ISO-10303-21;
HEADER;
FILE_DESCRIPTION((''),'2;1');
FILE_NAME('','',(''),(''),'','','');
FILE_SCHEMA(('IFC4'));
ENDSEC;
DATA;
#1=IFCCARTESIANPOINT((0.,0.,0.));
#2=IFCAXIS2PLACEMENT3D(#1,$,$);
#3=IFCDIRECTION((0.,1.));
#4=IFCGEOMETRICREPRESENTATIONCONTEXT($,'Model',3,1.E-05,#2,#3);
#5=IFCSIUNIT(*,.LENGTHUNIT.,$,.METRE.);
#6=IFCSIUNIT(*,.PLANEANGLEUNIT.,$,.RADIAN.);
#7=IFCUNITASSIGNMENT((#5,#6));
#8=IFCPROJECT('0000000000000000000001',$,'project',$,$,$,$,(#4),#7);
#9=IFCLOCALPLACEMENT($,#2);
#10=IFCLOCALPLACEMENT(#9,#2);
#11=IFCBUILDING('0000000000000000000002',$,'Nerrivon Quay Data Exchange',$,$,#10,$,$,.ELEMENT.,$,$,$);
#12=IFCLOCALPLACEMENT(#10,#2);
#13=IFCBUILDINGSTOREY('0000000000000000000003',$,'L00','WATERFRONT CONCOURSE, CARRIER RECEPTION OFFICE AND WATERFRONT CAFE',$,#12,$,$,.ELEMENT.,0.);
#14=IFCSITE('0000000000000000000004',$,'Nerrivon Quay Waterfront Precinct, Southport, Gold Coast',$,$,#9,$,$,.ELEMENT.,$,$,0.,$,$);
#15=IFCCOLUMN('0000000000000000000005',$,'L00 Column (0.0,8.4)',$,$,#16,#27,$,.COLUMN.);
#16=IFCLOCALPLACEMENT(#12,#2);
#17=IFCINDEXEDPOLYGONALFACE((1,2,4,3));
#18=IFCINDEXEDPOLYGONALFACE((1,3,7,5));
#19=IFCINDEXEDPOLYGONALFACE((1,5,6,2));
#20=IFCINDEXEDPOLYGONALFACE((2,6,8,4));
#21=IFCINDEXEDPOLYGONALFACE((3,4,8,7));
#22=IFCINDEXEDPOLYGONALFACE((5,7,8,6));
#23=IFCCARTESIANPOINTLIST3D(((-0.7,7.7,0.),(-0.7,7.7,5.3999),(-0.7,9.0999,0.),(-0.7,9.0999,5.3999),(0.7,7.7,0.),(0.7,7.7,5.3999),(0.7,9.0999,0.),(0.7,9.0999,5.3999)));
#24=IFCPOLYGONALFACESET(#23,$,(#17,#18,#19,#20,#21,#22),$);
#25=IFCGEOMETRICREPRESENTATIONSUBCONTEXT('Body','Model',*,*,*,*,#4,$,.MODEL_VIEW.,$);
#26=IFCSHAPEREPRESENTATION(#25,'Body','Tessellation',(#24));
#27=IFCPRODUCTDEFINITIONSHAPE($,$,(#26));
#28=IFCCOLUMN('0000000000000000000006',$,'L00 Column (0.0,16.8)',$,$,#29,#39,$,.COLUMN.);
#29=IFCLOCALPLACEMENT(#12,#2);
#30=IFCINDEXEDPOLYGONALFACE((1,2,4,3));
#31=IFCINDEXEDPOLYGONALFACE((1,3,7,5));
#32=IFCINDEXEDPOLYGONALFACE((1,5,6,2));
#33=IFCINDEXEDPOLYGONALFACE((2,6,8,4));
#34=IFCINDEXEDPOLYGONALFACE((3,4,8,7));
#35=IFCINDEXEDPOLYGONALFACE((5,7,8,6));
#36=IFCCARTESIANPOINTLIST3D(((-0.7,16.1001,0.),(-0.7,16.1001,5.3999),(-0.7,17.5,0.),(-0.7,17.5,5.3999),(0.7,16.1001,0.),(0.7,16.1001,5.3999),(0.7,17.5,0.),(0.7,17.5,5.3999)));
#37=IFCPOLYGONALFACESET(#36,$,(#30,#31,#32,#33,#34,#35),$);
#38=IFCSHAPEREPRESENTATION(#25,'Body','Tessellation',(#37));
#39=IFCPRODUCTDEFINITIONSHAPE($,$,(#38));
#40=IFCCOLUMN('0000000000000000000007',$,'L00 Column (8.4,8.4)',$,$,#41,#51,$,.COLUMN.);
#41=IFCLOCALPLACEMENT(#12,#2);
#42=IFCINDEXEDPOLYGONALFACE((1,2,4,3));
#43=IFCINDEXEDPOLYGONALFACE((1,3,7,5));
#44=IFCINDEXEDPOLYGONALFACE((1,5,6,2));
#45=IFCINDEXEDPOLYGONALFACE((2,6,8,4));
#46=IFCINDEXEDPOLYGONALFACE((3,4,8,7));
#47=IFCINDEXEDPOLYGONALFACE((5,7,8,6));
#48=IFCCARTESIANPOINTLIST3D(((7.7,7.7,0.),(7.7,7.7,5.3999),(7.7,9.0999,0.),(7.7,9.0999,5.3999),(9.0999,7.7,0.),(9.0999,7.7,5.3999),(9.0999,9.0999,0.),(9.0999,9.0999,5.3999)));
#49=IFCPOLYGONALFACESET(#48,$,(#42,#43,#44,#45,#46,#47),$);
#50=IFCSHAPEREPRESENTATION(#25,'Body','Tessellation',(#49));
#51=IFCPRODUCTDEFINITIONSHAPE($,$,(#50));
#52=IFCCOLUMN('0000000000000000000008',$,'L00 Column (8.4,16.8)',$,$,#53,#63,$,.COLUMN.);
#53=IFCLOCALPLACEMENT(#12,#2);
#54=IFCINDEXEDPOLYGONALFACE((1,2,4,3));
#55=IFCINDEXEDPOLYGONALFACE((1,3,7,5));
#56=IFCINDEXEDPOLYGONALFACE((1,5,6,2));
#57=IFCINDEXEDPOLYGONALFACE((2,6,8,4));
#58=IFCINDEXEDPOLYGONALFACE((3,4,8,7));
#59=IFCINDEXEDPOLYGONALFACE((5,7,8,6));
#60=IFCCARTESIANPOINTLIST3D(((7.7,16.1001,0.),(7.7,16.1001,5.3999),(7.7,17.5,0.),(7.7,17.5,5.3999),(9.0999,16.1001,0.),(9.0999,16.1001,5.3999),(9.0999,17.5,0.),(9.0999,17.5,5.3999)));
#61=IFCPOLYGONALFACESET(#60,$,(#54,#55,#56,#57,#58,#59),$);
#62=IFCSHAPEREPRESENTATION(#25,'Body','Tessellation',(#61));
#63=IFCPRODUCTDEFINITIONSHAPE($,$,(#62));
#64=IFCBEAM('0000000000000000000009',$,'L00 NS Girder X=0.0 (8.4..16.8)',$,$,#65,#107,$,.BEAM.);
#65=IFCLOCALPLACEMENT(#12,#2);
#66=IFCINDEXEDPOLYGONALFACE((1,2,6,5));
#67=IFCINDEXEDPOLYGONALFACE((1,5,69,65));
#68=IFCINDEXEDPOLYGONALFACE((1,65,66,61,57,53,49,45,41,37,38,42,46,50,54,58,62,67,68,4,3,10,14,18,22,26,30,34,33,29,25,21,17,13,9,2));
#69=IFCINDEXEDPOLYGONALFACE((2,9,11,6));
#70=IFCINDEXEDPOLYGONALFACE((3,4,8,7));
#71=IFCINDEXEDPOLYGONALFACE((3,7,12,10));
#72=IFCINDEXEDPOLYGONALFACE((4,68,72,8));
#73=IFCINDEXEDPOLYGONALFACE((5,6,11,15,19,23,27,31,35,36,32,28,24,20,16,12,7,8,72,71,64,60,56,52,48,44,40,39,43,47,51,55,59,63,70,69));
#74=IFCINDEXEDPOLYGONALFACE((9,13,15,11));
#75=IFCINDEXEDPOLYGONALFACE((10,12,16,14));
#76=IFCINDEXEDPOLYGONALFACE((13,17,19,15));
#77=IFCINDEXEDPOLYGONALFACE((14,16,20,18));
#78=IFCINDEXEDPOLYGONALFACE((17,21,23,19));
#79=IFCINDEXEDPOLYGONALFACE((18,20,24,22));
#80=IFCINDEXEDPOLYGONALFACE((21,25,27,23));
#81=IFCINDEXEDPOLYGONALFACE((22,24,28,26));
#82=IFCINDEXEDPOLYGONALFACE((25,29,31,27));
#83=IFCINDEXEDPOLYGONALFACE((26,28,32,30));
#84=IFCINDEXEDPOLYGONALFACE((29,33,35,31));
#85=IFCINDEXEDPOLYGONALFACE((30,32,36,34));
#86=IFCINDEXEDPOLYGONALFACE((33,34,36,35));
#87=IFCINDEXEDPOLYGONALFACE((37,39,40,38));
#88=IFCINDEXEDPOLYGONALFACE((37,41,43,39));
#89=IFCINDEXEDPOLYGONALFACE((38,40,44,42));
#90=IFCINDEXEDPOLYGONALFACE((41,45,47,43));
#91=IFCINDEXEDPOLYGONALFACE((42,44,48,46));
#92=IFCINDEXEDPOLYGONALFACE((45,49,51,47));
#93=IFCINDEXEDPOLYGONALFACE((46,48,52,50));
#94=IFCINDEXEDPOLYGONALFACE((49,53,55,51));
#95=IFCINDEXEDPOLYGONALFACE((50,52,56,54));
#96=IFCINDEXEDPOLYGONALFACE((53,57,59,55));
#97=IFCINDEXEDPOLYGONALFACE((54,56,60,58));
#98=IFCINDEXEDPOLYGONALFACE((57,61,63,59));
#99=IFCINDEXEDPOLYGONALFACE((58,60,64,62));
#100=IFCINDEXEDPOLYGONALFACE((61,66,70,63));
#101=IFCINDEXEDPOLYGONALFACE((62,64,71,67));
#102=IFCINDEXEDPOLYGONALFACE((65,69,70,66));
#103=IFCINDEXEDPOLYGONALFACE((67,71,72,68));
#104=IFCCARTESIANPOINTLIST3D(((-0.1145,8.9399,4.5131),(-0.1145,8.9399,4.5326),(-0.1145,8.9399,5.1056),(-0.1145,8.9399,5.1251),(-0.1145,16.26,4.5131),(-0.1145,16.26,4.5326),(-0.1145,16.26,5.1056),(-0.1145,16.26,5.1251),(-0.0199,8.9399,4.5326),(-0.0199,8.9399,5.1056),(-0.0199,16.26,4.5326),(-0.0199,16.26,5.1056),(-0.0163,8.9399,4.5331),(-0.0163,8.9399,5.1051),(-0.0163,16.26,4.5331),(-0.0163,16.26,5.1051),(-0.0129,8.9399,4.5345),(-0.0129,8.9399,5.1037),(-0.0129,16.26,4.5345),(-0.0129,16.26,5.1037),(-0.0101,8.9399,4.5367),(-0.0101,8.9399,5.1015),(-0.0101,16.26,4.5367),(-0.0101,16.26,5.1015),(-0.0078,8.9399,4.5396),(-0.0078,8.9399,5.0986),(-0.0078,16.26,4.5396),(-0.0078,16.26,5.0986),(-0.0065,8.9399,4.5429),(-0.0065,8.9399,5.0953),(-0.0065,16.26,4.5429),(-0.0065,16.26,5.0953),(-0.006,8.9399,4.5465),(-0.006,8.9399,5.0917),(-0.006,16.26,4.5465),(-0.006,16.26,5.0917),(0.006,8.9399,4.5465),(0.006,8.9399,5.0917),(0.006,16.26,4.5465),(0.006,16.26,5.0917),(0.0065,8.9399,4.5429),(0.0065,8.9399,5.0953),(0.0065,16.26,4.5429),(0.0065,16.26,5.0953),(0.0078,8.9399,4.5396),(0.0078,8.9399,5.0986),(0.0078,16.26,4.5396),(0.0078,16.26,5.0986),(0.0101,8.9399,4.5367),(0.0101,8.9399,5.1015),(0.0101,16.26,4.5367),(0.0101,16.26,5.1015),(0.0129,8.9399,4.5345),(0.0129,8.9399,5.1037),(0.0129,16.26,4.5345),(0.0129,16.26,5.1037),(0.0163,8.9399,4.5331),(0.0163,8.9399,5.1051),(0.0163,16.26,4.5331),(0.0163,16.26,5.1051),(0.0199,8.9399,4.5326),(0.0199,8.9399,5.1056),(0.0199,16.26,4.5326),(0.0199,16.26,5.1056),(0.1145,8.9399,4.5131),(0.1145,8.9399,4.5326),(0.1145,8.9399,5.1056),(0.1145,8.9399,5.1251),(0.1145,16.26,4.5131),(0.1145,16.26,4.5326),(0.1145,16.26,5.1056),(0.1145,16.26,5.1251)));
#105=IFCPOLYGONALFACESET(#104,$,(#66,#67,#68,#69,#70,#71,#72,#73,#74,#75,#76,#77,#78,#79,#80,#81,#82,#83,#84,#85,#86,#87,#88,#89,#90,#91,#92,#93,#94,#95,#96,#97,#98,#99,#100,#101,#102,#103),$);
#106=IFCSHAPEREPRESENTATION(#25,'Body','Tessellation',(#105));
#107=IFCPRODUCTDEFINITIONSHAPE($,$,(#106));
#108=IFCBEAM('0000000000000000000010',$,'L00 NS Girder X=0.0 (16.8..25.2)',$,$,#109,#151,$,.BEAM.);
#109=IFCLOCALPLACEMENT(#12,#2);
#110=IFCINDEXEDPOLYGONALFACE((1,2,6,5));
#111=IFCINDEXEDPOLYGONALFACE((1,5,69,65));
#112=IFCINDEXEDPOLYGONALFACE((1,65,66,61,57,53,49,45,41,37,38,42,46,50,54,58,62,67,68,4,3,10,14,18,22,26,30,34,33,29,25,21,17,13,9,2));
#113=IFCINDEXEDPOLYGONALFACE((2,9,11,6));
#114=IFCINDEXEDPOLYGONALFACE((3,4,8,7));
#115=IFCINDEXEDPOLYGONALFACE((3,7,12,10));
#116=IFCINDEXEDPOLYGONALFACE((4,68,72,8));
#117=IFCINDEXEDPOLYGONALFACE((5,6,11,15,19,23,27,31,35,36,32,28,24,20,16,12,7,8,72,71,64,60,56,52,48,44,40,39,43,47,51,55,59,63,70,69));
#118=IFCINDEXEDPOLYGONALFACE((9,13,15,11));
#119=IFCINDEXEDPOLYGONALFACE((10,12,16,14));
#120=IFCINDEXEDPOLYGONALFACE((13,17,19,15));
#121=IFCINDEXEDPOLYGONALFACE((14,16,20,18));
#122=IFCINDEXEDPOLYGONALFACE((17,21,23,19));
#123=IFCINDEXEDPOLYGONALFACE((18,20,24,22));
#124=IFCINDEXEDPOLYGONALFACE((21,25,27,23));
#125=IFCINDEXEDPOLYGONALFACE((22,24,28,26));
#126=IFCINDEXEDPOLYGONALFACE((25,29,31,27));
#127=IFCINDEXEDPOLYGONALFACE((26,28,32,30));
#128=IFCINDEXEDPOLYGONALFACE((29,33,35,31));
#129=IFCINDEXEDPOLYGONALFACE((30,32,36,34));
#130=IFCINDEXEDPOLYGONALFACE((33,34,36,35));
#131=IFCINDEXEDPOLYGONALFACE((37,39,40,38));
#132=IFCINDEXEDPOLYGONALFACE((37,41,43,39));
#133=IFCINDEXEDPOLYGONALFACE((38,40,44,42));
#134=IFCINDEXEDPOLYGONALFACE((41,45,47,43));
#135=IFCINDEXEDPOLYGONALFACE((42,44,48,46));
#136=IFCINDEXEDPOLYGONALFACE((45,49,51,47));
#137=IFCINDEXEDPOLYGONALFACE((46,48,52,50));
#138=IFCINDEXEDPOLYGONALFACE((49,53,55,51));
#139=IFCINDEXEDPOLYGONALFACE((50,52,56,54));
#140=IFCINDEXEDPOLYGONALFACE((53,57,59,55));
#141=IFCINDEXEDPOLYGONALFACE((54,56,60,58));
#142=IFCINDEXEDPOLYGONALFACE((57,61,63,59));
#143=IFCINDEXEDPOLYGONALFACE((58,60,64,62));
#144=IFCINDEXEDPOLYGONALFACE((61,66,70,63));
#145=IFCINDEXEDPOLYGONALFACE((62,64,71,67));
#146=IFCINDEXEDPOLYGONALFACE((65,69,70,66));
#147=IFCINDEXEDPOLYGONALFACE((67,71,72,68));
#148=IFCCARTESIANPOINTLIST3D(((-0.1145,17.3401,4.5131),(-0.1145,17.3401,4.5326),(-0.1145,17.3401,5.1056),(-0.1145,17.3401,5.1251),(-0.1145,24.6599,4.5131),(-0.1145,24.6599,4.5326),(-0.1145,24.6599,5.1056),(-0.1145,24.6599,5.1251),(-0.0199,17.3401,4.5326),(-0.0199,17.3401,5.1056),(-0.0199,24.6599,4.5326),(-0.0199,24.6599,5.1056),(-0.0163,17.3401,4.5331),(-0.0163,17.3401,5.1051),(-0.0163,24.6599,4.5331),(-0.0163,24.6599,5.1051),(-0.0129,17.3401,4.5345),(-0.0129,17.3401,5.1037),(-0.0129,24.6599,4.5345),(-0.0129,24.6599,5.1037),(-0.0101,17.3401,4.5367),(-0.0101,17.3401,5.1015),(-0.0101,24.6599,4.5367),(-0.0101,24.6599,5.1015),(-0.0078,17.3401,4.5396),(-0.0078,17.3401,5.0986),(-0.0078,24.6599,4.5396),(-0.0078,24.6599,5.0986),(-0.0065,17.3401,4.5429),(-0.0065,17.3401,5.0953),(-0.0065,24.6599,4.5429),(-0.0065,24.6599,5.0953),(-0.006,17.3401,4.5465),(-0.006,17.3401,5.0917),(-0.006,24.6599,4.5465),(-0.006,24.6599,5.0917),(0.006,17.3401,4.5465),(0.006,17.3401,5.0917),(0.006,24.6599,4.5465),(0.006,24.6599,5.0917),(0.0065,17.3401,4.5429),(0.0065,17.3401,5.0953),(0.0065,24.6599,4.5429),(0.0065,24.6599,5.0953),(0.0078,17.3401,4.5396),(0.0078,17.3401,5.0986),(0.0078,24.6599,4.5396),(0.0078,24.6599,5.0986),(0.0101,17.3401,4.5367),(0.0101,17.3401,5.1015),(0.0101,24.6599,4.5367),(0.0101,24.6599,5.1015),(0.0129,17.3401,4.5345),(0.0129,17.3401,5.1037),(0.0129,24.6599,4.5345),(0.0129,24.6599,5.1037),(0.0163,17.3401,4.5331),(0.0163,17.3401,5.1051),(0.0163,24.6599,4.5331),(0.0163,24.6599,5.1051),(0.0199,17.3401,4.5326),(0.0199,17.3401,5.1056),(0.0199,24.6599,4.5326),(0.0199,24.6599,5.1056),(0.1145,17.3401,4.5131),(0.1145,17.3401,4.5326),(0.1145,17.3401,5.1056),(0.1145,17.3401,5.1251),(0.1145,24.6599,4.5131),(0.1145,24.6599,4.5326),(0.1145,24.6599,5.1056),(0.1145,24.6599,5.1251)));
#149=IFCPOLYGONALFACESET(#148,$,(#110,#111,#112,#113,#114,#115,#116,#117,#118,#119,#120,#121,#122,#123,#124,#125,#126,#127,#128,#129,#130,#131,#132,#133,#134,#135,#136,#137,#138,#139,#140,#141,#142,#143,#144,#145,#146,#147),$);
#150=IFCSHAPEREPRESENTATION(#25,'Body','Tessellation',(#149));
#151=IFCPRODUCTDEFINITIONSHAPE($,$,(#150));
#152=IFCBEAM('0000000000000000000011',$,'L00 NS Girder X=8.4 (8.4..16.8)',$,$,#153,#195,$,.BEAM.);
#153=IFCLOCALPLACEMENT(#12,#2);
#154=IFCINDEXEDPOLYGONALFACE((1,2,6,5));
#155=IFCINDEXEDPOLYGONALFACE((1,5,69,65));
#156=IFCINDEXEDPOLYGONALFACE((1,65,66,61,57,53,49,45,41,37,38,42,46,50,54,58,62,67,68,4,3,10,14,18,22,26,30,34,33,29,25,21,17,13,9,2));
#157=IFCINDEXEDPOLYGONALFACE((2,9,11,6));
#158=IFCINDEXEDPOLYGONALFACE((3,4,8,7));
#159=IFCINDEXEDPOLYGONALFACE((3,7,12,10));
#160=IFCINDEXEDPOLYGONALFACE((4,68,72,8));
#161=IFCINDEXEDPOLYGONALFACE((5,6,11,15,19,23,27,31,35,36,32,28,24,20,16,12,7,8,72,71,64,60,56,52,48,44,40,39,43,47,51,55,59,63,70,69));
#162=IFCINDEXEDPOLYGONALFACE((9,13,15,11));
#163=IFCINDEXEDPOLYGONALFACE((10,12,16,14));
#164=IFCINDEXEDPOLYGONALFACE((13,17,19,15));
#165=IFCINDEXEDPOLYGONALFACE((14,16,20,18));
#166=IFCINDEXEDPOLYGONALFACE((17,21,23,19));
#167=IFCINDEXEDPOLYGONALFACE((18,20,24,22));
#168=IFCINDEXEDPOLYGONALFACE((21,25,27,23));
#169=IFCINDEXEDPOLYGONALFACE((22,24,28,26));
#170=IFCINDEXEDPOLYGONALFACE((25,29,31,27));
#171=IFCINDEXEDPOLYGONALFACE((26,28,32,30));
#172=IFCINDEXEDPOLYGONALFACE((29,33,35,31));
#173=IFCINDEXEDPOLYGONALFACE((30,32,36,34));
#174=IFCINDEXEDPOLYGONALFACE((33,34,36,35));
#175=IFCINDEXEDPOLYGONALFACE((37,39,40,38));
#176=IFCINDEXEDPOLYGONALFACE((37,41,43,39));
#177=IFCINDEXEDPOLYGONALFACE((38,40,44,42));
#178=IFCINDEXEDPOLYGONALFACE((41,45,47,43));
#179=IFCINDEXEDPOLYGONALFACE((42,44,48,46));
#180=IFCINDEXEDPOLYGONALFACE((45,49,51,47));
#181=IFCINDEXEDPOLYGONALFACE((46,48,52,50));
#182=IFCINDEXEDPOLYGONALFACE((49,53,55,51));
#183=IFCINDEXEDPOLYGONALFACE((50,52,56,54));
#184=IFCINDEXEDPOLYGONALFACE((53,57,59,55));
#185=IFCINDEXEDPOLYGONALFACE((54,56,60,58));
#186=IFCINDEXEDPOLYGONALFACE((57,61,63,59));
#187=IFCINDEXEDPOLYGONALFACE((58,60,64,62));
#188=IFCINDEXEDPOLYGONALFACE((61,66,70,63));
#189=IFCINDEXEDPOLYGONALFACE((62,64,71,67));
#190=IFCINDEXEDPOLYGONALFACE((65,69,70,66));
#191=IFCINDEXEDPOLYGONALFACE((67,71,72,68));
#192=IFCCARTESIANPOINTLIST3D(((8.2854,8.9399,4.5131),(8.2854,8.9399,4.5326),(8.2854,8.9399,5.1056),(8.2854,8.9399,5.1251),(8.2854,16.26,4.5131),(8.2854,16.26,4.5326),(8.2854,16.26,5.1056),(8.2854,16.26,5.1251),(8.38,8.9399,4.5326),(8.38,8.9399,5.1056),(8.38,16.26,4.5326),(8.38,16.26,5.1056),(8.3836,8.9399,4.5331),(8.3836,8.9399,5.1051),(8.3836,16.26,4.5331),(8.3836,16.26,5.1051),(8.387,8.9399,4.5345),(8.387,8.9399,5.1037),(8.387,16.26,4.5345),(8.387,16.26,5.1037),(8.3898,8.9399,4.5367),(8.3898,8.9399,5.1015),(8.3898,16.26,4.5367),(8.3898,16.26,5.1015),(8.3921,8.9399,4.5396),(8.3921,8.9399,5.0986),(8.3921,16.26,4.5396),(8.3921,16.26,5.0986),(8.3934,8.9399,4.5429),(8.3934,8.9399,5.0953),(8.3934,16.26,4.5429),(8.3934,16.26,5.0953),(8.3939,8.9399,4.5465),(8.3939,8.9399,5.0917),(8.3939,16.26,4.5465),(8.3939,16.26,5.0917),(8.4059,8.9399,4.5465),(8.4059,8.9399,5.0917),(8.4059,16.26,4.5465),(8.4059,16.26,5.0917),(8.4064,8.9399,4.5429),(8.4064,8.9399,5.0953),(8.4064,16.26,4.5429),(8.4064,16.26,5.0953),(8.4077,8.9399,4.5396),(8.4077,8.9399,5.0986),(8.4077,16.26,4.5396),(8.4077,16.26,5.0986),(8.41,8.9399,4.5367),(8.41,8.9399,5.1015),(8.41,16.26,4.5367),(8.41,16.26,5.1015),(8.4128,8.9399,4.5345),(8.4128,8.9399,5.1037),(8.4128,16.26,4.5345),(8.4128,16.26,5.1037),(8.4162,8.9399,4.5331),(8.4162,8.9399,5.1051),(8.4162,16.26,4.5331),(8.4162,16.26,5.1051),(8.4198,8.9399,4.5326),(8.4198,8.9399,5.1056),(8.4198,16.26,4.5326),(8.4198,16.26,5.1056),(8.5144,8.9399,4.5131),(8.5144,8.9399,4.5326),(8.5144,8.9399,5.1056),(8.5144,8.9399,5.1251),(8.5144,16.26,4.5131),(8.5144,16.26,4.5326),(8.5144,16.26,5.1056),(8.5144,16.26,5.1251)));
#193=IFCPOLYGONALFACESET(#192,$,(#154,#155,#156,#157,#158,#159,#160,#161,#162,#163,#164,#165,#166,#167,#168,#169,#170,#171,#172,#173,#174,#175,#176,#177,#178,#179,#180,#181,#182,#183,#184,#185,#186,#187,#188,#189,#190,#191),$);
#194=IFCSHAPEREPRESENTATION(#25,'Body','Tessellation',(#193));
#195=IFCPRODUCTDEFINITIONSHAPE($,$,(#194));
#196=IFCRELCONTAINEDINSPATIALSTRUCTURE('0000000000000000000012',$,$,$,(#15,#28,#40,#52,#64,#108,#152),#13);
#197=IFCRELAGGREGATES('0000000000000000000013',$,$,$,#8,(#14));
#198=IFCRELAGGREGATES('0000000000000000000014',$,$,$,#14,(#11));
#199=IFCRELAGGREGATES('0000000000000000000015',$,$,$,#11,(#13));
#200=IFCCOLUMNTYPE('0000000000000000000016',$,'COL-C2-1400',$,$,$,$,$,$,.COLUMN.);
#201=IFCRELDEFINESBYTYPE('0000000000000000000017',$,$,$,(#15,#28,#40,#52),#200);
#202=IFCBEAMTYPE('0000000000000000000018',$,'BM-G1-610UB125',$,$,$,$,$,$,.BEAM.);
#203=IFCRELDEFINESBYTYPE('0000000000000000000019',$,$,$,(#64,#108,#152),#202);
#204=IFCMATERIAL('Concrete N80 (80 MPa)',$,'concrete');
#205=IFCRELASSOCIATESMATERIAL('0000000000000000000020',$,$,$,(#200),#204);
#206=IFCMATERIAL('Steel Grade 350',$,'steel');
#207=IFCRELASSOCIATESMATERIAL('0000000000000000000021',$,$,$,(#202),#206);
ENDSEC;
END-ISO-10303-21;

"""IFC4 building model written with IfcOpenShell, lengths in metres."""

from ifc_helpers import new_model, si_unit, direction, frame, origin, origin_2d, place, context, subcontext, project, spatial, rectangle, i_section, extrude, material, material_profile, profile_set, type_object, element, save


model = new_model("IFC4")

# Units and contexts
model_context = context("Model", 3, precision=1e-05, world=origin(), true_north=direction((0.0, 1.0)))
body_context = subcontext(model_context, "Body", "Model", "MODEL_VIEW")
ifc_project = project(units=[si_unit("LENGTHUNIT", "METRE"), si_unit("PLANEANGLEUNIT", "RADIAN")], contexts=[model_context])

# Site, building, storey
site_placement = place(None, origin())
site = spatial("IfcSite", under=ifc_project, at=site_placement, Name="Nerrivon Quay Waterfront Precinct, Southport, Gold Coast", CompositionType="ELEMENT", RefElevation=0.0)
building_placement = place(site_placement, origin())
building = spatial("IfcBuilding", under=site, at=building_placement, Name="Nerrivon Quay Data Exchange", CompositionType="ELEMENT")
storey_placement = place(building_placement, origin())
storey = spatial("IfcBuildingStorey", under=building, at=storey_placement, Name="L00", Description="WATERFRONT CONCOURSE, CARRIER RECEPTION OFFICE AND WATERFRONT CAFE", CompositionType="ELEMENT", Elevation=0.0)

# Columns
ifc_material_1 = material(Name="Concrete N80 (80 MPa)", Category="concrete")
ifc_material_profile_1 = material_profile(ifc_material_1, rectangle(XDim=1.3999, YDim=1.3999, at=origin_2d()), Name="RC-COL-1400x1400")
ifc_profile_set_1 = profile_set([ifc_material_profile_1], Name="Concrete N80 (80 MPa)")
column_type = type_object("IfcColumnType", Name="COL-C2-1400", PredefinedType="COLUMN", material=ifc_profile_set_1)
for number, where, z_axis, x_axis, name in (
    (1, (0.0, 8.3999, 0.0), (0.0, 0.0, 1.0), (1.0, 0.0, 0.0), "L00 Column (0.0,8.4)"),
    (2, (0.0, 16.8, 0.0), (0.0, 0.0, 1.0), (1.0, 0.0, 0.0), "L00 Column (0.0,16.8)"),
    (3, (8.3999, 8.3999, 0.0), (0.0, 0.0, 1.0), (1.0, 0.0, 0.0), "L00 Column (8.4,8.4)"),
    (4, (8.3999, 16.8, 0.0), (0.0, 0.0, 1.0), (1.0, 0.0, 0.0), "L00 Column (8.4,16.8)"),
):
    element("IfcColumn", number, at=place(storey_placement, frame(where, z_axis=z_axis, x_axis=x_axis)), inside=storey, type_object=column_type, Name=name, PredefinedType="COLUMN", context=body_context, shape_type="SweptSolid", body=[
        extrude(rectangle(XDim=1.3999, YDim=1.3999, at=origin_2d()), origin(), (0.0, 0.0, 1.0), 5.3999),
    ])

# Beams
ifc_material_2 = material(Name="Steel Grade 350", Category="steel")
ifc_material_profile_2 = material_profile(ifc_material_2, i_section(OverallWidth=0.229, OverallDepth=0.6121, WebThickness=0.012, FlangeThickness=0.0195, FilletRadius=0.0139, at=origin_2d()), Name="610UB125")
ifc_profile_set_2 = profile_set([ifc_material_profile_2], Name="Steel Grade 350")
beam_type_1 = type_object("IfcBeamType", Name="BM-G1-610UB125", PredefinedType="BEAM", material=ifc_profile_set_2)
beam_1_placement = place(storey_placement, frame((0.0, 8.9399, 4.8191), z_axis=(0.0, 1.0, 0.0), x_axis=(-1.0, 0.0, 0.0)))
element("IfcBeam", 5, at=beam_1_placement, inside=storey, type_object=beam_type_1, Name="L00 NS Girder X=0.0 (8.4..16.8)", PredefinedType="BEAM", context=body_context, shape_type="SweptSolid", body=[
    extrude(i_section(OverallWidth=0.229, OverallDepth=0.6121, WebThickness=0.012, FlangeThickness=0.0195, FilletRadius=0.0139, at=origin_2d()), origin(), (0.0, 0.0, 1.0), 7.3201),
])
beam_2_placement = place(storey_placement, frame((0.0, 17.3401, 4.8191), z_axis=(0.0, 1.0, 0.0), x_axis=(-1.0, 0.0, 0.0)))
element("IfcBeam", 6, at=beam_2_placement, inside=storey, type_object=beam_type_1, Name="L00 NS Girder X=0.0 (16.8..25.2)", PredefinedType="BEAM", context=body_context, shape_type="SweptSolid", body=[
    extrude(i_section(OverallWidth=0.229, OverallDepth=0.6121, WebThickness=0.012, FlangeThickness=0.0195, FilletRadius=0.0139, at=origin_2d()), origin(), (0.0, 0.0, 1.0), 7.3198),
])
beam_3_placement = place(storey_placement, frame((8.3999, 8.9399, 4.8191), z_axis=(0.0, 1.0, 0.0), x_axis=(-1.0, 0.0, 0.0)))
element("IfcBeam", 7, at=beam_3_placement, inside=storey, type_object=beam_type_1, Name="L00 NS Girder X=8.4 (8.4..16.8)", PredefinedType="BEAM", context=body_context, shape_type="SweptSolid", body=[
    extrude(i_section(OverallWidth=0.229, OverallDepth=0.6121, WebThickness=0.012, FlangeThickness=0.0195, FilletRadius=0.0139, at=origin_2d()), origin(), (0.0, 0.0, 1.0), 7.3201),
])

save(model, "model.ifc")
